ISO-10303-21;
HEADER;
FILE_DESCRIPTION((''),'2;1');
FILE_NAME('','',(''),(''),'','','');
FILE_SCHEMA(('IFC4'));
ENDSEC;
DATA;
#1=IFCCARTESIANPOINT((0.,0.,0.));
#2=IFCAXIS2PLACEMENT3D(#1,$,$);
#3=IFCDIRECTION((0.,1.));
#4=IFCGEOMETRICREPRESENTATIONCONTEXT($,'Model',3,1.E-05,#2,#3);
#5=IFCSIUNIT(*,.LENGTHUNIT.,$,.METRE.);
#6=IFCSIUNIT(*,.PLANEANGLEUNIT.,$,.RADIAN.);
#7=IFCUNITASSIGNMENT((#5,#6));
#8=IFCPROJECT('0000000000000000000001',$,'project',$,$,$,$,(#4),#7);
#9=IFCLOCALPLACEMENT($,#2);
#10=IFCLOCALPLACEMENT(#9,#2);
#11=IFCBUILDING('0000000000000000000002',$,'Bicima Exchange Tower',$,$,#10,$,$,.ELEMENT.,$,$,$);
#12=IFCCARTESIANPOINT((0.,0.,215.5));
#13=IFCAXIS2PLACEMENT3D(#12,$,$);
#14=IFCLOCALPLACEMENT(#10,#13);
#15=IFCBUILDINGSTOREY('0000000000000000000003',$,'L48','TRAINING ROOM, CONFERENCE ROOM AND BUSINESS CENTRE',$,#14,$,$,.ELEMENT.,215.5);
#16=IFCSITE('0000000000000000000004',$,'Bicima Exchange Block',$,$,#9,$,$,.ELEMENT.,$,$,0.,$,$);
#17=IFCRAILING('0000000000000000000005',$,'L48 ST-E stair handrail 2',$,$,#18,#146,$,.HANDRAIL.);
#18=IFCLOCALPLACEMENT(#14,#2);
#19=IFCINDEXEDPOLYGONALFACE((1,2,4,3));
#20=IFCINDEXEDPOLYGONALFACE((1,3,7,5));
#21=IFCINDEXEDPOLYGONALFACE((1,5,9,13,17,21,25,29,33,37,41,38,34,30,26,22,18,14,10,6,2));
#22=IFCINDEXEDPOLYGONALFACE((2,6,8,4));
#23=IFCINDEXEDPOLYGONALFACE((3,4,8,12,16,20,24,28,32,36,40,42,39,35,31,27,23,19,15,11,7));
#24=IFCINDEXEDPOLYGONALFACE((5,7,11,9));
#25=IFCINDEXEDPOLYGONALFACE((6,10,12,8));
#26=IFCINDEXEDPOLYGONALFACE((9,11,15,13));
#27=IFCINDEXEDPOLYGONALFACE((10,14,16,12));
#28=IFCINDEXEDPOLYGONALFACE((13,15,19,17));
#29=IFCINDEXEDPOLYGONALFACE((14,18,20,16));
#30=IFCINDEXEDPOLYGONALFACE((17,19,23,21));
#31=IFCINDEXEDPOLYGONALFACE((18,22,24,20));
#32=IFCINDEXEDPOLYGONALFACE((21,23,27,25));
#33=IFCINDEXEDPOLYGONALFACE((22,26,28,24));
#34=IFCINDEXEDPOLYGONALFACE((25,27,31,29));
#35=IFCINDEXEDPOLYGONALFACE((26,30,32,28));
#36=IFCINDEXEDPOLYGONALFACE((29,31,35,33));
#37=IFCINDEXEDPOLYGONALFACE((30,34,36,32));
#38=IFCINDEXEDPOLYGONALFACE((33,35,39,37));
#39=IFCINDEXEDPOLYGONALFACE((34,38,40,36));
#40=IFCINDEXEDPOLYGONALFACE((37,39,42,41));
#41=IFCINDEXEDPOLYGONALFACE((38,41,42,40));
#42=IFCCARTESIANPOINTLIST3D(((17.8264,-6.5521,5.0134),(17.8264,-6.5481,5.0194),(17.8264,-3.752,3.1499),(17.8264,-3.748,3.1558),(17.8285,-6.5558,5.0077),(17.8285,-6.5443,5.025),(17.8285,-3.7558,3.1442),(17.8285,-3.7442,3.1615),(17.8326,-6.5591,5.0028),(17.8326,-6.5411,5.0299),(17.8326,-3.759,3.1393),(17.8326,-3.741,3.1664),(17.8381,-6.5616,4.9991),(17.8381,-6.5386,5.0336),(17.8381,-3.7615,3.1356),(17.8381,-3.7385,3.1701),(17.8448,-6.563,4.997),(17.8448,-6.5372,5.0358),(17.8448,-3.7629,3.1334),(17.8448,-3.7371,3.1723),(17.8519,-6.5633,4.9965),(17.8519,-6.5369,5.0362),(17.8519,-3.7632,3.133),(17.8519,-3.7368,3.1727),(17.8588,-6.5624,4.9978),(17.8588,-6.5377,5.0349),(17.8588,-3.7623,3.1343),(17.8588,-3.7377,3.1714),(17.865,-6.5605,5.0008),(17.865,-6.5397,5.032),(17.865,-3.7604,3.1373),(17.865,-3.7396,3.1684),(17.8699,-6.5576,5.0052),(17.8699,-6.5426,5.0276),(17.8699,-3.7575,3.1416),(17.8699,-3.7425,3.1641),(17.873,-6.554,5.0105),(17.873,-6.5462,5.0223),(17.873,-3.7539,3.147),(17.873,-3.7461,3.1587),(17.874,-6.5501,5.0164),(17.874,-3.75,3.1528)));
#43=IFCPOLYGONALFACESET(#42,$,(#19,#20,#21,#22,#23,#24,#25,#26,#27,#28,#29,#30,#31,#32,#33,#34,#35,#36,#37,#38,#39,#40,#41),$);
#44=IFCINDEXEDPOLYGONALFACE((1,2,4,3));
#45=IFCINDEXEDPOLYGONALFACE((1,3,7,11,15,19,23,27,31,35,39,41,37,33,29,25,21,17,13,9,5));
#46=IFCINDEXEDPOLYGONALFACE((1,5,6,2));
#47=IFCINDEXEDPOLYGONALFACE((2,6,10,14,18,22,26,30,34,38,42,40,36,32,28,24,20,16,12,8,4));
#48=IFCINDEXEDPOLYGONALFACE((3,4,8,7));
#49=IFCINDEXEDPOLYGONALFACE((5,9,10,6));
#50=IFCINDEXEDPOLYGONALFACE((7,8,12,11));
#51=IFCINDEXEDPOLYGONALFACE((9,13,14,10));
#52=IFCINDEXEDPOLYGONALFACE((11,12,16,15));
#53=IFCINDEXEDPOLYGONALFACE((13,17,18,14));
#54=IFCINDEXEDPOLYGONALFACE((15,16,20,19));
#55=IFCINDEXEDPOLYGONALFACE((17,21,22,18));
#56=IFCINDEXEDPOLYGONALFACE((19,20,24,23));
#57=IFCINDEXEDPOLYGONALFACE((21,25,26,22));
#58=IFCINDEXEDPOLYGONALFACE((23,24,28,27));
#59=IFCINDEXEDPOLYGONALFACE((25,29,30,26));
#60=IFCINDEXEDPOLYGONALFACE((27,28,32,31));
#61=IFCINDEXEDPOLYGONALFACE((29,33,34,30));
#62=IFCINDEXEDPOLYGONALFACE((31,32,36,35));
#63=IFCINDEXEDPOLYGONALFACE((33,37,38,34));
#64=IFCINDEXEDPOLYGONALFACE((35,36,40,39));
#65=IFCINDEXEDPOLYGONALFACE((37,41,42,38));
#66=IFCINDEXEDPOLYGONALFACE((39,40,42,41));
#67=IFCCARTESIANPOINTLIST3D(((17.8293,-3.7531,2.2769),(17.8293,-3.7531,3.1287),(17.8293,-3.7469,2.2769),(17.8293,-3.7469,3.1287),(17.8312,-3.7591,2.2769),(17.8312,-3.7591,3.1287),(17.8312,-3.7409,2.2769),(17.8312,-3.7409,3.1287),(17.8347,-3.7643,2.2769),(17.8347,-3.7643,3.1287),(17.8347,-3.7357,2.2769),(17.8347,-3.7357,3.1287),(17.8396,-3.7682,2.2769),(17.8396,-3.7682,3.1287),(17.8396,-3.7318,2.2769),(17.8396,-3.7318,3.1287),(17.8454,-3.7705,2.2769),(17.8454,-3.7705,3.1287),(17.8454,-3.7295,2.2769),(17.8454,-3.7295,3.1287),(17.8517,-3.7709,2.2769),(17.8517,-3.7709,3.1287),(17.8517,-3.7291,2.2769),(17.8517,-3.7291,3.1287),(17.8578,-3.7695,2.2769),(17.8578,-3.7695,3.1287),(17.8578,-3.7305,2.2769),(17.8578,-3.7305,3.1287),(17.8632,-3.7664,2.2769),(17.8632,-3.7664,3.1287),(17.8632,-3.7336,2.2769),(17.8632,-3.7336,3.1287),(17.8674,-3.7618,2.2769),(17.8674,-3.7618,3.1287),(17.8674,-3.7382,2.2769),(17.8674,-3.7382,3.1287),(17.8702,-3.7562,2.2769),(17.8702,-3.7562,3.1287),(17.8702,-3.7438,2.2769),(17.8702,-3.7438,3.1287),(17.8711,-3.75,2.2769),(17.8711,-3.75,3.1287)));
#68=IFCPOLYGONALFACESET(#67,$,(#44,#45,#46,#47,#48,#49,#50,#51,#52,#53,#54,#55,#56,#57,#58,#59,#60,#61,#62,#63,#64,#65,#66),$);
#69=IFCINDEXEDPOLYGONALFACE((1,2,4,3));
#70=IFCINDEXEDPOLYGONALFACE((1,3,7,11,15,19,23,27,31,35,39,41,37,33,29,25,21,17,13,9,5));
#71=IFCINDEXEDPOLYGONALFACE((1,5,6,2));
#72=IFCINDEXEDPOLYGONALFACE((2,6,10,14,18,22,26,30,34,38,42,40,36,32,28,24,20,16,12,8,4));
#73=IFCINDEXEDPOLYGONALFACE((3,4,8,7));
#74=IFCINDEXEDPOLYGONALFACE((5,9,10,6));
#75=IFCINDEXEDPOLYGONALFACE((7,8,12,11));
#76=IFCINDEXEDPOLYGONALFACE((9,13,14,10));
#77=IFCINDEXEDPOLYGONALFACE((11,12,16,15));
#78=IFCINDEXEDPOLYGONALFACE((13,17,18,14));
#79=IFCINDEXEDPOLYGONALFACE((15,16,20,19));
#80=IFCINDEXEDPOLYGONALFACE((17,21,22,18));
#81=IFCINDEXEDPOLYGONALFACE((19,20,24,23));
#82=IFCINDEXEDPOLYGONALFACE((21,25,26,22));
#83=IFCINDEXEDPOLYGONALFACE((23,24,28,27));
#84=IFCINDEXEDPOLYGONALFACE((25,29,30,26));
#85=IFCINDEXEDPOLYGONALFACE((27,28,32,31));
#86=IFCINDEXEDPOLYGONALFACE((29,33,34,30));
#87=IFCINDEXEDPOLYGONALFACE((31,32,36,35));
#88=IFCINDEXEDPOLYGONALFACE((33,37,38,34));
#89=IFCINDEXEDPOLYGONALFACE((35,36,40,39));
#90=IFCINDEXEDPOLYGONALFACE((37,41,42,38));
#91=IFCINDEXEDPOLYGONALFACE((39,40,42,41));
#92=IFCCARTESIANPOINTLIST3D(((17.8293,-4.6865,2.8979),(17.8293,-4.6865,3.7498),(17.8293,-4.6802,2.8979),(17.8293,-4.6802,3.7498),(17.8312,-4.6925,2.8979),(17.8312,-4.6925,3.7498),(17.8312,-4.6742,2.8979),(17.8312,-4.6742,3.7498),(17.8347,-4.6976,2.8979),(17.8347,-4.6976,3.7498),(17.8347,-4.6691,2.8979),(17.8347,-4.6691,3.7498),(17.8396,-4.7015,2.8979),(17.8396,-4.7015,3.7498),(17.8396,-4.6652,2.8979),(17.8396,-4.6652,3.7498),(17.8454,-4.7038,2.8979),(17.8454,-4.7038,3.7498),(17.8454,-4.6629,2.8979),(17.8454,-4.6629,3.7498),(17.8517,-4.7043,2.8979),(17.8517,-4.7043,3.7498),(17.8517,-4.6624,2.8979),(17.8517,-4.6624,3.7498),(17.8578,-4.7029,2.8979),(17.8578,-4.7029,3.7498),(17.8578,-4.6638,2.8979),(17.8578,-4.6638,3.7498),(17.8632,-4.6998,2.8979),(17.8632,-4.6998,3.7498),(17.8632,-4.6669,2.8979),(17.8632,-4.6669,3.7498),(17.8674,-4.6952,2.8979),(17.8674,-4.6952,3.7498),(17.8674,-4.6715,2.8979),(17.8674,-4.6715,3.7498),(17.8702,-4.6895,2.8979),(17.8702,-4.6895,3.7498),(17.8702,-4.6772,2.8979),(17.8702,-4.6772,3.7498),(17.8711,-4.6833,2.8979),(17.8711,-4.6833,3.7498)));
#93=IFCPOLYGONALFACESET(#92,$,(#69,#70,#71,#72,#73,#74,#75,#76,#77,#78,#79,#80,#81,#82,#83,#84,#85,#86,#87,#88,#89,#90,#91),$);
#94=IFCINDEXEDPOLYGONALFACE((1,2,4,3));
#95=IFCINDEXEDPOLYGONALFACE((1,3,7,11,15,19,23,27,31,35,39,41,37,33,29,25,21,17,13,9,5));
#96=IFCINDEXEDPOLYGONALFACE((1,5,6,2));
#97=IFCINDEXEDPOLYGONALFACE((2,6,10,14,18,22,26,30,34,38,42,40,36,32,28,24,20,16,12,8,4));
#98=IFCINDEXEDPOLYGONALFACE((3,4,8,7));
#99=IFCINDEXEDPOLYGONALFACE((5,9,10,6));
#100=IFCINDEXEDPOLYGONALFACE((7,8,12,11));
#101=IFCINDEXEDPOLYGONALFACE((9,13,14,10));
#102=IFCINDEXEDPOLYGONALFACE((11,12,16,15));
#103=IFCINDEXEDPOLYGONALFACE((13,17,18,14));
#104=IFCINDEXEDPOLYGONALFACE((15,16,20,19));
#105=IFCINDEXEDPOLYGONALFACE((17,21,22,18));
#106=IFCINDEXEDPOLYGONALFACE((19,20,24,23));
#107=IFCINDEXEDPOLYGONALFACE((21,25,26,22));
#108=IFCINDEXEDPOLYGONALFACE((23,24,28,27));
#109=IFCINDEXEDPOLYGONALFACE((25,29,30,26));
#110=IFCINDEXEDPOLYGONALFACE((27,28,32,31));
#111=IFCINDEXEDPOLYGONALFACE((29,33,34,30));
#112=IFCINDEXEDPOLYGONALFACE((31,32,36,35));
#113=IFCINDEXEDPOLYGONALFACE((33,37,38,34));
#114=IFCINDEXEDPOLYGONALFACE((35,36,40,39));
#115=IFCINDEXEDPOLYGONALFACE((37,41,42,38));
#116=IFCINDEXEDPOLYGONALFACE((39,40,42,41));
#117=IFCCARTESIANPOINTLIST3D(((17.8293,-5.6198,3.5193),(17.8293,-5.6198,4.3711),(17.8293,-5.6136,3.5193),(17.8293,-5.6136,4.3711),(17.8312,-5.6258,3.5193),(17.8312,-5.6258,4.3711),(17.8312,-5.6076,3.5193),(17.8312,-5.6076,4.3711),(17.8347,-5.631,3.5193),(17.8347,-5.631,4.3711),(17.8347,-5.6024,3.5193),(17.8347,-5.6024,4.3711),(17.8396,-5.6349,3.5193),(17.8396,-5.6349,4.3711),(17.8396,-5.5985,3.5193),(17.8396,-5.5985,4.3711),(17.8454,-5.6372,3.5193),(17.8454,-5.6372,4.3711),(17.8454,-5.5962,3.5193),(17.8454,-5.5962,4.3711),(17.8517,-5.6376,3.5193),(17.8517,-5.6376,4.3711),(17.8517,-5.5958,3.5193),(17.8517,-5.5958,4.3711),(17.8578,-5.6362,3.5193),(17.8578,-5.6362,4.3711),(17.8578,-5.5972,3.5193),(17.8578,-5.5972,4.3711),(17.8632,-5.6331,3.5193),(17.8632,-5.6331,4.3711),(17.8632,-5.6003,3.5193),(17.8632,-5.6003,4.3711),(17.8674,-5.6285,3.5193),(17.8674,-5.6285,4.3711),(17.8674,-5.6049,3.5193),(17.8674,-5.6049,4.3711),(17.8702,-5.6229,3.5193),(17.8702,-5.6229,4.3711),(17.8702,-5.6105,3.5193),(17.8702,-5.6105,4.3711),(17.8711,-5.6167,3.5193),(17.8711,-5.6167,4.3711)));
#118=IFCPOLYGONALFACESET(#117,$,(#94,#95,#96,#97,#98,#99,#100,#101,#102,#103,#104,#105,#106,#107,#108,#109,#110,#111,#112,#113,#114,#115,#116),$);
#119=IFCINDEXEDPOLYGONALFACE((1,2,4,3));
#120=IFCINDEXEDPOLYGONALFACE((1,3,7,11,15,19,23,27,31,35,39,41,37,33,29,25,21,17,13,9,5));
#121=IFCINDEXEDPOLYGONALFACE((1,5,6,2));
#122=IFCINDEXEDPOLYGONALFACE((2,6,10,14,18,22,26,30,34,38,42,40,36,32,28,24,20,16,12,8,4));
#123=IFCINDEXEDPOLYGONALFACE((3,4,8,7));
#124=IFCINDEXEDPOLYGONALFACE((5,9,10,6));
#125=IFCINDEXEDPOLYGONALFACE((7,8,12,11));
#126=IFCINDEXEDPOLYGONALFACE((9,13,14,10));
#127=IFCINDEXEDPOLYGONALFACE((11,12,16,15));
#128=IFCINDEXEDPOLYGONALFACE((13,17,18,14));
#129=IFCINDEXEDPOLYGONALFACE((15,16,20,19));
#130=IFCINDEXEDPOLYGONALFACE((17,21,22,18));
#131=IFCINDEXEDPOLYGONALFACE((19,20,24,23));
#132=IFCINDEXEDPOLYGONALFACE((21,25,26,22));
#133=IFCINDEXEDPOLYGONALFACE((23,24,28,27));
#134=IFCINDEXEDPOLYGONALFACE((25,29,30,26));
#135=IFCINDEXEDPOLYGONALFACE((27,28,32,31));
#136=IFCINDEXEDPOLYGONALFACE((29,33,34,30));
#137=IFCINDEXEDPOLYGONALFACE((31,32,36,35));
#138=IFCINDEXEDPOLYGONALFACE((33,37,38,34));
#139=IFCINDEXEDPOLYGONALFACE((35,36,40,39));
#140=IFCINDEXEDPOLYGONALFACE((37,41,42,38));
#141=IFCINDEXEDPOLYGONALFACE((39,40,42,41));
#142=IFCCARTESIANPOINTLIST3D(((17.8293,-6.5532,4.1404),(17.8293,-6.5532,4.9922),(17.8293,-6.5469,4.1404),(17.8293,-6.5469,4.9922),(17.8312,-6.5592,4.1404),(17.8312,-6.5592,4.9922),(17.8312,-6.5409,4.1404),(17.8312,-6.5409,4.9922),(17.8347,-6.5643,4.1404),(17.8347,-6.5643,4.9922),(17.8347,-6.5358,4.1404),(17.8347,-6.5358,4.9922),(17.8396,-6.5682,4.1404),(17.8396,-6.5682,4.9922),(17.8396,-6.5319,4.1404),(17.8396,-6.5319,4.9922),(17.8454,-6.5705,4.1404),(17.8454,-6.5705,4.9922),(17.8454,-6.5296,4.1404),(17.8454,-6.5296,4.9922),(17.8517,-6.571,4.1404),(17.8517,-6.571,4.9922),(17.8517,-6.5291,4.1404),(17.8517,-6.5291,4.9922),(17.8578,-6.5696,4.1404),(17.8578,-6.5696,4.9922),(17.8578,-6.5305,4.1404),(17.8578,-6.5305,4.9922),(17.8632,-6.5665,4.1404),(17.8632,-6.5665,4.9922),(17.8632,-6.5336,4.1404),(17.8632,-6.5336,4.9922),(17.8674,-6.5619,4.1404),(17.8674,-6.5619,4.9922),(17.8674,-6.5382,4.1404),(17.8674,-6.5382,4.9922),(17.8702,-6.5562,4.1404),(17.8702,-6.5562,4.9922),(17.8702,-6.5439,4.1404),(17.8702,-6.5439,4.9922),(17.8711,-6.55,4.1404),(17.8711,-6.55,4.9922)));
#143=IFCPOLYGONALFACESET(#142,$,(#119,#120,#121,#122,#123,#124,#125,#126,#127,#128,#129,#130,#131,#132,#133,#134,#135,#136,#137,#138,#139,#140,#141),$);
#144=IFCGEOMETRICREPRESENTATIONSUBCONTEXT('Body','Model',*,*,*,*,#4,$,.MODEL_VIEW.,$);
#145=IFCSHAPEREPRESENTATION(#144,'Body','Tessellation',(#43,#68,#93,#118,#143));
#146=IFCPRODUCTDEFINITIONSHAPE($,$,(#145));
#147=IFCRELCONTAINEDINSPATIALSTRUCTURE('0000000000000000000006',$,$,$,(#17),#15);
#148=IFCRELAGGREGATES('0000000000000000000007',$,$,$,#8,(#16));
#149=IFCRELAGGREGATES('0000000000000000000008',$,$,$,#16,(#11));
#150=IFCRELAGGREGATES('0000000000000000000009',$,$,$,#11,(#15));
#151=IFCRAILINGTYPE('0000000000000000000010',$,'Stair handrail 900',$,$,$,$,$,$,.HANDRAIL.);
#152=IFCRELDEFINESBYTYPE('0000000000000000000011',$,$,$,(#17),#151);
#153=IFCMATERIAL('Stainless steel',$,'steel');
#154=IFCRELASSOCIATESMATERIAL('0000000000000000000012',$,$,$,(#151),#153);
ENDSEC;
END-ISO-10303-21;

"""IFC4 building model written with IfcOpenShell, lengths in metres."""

from ifc_helpers import new_model, si_unit, direction, frame, origin, origin_2d, place, context, subcontext, project, spatial, circle, extrude, material, type_object, element, save


model = new_model("IFC4")

# Units and contexts
model_context = context("Model", 3, precision=1e-05, world=origin(), true_north=direction((0.0, 1.0)))
body_context = subcontext(model_context, "Body", "Model", "MODEL_VIEW")
ifc_project = project(units=[si_unit("LENGTHUNIT", "METRE"), si_unit("PLANEANGLEUNIT", "RADIAN")], contexts=[model_context])

# Site, building, storey
site_placement = place(None, origin())
site = spatial("IfcSite", under=ifc_project, at=site_placement, Name="Bicima Exchange Block", CompositionType="ELEMENT", RefElevation=0.0)
building_placement = place(site_placement, origin())
building = spatial("IfcBuilding", under=site, at=building_placement, Name="Bicima Exchange Tower", CompositionType="ELEMENT")
storey_placement = place(building_placement, frame((0.0, 0.0, 215.5)))
storey = spatial("IfcBuildingStorey", under=building, at=storey_placement, Name="L48", Description="TRAINING ROOM, CONFERENCE ROOM AND BUSINESS CENTRE", CompositionType="ELEMENT", Elevation=215.5)

# Railing
ifc_material_1 = material(Name="Stainless steel", Category="steel")
railing_type_1 = type_object("IfcRailingType", Name="Stair handrail 900", PredefinedType="HANDRAIL", material=ifc_material_1)
for number, where, name in (
    (1, (17.8501, -3.75, 2.2769), "L48 ST-E stair handrail 2"),
):
    element("IfcRailing", number, at=place(storey_placement, frame(where)), inside=storey, type_object=railing_type_1, Name=name, PredefinedType="HANDRAIL", context=body_context, shape_type="SweptSolid", body=[
        extrude(circle(Radius=0.0239, at=origin_2d()), frame((0.0, 0.0, 0.876), z_axis=(0.0, -0.832486, 0.554047), x_axis=(1.0, 0.0, 0.0)), (0.0, 0.0, 1.0), 3.3635),
        extrude(circle(Radius=0.021, at=origin_2d()), origin(), (0.0, 0.0, 1.0), 0.8518),
        extrude(circle(Radius=0.021, at=origin_2d()), frame((0.0, -0.9333, 0.6211)), (0.0, 0.0, 1.0), 0.8518),
        extrude(circle(Radius=0.021, at=origin_2d()), frame((0.0, -1.8667, 1.2424)), (0.0, 0.0, 1.0), 0.8518),
        extrude(circle(Radius=0.021, at=origin_2d()), frame((0.0, -2.8, 1.8635)), (0.0, 0.0, 1.0), 0.8518),
    ])

save(model, "model.ifc")
